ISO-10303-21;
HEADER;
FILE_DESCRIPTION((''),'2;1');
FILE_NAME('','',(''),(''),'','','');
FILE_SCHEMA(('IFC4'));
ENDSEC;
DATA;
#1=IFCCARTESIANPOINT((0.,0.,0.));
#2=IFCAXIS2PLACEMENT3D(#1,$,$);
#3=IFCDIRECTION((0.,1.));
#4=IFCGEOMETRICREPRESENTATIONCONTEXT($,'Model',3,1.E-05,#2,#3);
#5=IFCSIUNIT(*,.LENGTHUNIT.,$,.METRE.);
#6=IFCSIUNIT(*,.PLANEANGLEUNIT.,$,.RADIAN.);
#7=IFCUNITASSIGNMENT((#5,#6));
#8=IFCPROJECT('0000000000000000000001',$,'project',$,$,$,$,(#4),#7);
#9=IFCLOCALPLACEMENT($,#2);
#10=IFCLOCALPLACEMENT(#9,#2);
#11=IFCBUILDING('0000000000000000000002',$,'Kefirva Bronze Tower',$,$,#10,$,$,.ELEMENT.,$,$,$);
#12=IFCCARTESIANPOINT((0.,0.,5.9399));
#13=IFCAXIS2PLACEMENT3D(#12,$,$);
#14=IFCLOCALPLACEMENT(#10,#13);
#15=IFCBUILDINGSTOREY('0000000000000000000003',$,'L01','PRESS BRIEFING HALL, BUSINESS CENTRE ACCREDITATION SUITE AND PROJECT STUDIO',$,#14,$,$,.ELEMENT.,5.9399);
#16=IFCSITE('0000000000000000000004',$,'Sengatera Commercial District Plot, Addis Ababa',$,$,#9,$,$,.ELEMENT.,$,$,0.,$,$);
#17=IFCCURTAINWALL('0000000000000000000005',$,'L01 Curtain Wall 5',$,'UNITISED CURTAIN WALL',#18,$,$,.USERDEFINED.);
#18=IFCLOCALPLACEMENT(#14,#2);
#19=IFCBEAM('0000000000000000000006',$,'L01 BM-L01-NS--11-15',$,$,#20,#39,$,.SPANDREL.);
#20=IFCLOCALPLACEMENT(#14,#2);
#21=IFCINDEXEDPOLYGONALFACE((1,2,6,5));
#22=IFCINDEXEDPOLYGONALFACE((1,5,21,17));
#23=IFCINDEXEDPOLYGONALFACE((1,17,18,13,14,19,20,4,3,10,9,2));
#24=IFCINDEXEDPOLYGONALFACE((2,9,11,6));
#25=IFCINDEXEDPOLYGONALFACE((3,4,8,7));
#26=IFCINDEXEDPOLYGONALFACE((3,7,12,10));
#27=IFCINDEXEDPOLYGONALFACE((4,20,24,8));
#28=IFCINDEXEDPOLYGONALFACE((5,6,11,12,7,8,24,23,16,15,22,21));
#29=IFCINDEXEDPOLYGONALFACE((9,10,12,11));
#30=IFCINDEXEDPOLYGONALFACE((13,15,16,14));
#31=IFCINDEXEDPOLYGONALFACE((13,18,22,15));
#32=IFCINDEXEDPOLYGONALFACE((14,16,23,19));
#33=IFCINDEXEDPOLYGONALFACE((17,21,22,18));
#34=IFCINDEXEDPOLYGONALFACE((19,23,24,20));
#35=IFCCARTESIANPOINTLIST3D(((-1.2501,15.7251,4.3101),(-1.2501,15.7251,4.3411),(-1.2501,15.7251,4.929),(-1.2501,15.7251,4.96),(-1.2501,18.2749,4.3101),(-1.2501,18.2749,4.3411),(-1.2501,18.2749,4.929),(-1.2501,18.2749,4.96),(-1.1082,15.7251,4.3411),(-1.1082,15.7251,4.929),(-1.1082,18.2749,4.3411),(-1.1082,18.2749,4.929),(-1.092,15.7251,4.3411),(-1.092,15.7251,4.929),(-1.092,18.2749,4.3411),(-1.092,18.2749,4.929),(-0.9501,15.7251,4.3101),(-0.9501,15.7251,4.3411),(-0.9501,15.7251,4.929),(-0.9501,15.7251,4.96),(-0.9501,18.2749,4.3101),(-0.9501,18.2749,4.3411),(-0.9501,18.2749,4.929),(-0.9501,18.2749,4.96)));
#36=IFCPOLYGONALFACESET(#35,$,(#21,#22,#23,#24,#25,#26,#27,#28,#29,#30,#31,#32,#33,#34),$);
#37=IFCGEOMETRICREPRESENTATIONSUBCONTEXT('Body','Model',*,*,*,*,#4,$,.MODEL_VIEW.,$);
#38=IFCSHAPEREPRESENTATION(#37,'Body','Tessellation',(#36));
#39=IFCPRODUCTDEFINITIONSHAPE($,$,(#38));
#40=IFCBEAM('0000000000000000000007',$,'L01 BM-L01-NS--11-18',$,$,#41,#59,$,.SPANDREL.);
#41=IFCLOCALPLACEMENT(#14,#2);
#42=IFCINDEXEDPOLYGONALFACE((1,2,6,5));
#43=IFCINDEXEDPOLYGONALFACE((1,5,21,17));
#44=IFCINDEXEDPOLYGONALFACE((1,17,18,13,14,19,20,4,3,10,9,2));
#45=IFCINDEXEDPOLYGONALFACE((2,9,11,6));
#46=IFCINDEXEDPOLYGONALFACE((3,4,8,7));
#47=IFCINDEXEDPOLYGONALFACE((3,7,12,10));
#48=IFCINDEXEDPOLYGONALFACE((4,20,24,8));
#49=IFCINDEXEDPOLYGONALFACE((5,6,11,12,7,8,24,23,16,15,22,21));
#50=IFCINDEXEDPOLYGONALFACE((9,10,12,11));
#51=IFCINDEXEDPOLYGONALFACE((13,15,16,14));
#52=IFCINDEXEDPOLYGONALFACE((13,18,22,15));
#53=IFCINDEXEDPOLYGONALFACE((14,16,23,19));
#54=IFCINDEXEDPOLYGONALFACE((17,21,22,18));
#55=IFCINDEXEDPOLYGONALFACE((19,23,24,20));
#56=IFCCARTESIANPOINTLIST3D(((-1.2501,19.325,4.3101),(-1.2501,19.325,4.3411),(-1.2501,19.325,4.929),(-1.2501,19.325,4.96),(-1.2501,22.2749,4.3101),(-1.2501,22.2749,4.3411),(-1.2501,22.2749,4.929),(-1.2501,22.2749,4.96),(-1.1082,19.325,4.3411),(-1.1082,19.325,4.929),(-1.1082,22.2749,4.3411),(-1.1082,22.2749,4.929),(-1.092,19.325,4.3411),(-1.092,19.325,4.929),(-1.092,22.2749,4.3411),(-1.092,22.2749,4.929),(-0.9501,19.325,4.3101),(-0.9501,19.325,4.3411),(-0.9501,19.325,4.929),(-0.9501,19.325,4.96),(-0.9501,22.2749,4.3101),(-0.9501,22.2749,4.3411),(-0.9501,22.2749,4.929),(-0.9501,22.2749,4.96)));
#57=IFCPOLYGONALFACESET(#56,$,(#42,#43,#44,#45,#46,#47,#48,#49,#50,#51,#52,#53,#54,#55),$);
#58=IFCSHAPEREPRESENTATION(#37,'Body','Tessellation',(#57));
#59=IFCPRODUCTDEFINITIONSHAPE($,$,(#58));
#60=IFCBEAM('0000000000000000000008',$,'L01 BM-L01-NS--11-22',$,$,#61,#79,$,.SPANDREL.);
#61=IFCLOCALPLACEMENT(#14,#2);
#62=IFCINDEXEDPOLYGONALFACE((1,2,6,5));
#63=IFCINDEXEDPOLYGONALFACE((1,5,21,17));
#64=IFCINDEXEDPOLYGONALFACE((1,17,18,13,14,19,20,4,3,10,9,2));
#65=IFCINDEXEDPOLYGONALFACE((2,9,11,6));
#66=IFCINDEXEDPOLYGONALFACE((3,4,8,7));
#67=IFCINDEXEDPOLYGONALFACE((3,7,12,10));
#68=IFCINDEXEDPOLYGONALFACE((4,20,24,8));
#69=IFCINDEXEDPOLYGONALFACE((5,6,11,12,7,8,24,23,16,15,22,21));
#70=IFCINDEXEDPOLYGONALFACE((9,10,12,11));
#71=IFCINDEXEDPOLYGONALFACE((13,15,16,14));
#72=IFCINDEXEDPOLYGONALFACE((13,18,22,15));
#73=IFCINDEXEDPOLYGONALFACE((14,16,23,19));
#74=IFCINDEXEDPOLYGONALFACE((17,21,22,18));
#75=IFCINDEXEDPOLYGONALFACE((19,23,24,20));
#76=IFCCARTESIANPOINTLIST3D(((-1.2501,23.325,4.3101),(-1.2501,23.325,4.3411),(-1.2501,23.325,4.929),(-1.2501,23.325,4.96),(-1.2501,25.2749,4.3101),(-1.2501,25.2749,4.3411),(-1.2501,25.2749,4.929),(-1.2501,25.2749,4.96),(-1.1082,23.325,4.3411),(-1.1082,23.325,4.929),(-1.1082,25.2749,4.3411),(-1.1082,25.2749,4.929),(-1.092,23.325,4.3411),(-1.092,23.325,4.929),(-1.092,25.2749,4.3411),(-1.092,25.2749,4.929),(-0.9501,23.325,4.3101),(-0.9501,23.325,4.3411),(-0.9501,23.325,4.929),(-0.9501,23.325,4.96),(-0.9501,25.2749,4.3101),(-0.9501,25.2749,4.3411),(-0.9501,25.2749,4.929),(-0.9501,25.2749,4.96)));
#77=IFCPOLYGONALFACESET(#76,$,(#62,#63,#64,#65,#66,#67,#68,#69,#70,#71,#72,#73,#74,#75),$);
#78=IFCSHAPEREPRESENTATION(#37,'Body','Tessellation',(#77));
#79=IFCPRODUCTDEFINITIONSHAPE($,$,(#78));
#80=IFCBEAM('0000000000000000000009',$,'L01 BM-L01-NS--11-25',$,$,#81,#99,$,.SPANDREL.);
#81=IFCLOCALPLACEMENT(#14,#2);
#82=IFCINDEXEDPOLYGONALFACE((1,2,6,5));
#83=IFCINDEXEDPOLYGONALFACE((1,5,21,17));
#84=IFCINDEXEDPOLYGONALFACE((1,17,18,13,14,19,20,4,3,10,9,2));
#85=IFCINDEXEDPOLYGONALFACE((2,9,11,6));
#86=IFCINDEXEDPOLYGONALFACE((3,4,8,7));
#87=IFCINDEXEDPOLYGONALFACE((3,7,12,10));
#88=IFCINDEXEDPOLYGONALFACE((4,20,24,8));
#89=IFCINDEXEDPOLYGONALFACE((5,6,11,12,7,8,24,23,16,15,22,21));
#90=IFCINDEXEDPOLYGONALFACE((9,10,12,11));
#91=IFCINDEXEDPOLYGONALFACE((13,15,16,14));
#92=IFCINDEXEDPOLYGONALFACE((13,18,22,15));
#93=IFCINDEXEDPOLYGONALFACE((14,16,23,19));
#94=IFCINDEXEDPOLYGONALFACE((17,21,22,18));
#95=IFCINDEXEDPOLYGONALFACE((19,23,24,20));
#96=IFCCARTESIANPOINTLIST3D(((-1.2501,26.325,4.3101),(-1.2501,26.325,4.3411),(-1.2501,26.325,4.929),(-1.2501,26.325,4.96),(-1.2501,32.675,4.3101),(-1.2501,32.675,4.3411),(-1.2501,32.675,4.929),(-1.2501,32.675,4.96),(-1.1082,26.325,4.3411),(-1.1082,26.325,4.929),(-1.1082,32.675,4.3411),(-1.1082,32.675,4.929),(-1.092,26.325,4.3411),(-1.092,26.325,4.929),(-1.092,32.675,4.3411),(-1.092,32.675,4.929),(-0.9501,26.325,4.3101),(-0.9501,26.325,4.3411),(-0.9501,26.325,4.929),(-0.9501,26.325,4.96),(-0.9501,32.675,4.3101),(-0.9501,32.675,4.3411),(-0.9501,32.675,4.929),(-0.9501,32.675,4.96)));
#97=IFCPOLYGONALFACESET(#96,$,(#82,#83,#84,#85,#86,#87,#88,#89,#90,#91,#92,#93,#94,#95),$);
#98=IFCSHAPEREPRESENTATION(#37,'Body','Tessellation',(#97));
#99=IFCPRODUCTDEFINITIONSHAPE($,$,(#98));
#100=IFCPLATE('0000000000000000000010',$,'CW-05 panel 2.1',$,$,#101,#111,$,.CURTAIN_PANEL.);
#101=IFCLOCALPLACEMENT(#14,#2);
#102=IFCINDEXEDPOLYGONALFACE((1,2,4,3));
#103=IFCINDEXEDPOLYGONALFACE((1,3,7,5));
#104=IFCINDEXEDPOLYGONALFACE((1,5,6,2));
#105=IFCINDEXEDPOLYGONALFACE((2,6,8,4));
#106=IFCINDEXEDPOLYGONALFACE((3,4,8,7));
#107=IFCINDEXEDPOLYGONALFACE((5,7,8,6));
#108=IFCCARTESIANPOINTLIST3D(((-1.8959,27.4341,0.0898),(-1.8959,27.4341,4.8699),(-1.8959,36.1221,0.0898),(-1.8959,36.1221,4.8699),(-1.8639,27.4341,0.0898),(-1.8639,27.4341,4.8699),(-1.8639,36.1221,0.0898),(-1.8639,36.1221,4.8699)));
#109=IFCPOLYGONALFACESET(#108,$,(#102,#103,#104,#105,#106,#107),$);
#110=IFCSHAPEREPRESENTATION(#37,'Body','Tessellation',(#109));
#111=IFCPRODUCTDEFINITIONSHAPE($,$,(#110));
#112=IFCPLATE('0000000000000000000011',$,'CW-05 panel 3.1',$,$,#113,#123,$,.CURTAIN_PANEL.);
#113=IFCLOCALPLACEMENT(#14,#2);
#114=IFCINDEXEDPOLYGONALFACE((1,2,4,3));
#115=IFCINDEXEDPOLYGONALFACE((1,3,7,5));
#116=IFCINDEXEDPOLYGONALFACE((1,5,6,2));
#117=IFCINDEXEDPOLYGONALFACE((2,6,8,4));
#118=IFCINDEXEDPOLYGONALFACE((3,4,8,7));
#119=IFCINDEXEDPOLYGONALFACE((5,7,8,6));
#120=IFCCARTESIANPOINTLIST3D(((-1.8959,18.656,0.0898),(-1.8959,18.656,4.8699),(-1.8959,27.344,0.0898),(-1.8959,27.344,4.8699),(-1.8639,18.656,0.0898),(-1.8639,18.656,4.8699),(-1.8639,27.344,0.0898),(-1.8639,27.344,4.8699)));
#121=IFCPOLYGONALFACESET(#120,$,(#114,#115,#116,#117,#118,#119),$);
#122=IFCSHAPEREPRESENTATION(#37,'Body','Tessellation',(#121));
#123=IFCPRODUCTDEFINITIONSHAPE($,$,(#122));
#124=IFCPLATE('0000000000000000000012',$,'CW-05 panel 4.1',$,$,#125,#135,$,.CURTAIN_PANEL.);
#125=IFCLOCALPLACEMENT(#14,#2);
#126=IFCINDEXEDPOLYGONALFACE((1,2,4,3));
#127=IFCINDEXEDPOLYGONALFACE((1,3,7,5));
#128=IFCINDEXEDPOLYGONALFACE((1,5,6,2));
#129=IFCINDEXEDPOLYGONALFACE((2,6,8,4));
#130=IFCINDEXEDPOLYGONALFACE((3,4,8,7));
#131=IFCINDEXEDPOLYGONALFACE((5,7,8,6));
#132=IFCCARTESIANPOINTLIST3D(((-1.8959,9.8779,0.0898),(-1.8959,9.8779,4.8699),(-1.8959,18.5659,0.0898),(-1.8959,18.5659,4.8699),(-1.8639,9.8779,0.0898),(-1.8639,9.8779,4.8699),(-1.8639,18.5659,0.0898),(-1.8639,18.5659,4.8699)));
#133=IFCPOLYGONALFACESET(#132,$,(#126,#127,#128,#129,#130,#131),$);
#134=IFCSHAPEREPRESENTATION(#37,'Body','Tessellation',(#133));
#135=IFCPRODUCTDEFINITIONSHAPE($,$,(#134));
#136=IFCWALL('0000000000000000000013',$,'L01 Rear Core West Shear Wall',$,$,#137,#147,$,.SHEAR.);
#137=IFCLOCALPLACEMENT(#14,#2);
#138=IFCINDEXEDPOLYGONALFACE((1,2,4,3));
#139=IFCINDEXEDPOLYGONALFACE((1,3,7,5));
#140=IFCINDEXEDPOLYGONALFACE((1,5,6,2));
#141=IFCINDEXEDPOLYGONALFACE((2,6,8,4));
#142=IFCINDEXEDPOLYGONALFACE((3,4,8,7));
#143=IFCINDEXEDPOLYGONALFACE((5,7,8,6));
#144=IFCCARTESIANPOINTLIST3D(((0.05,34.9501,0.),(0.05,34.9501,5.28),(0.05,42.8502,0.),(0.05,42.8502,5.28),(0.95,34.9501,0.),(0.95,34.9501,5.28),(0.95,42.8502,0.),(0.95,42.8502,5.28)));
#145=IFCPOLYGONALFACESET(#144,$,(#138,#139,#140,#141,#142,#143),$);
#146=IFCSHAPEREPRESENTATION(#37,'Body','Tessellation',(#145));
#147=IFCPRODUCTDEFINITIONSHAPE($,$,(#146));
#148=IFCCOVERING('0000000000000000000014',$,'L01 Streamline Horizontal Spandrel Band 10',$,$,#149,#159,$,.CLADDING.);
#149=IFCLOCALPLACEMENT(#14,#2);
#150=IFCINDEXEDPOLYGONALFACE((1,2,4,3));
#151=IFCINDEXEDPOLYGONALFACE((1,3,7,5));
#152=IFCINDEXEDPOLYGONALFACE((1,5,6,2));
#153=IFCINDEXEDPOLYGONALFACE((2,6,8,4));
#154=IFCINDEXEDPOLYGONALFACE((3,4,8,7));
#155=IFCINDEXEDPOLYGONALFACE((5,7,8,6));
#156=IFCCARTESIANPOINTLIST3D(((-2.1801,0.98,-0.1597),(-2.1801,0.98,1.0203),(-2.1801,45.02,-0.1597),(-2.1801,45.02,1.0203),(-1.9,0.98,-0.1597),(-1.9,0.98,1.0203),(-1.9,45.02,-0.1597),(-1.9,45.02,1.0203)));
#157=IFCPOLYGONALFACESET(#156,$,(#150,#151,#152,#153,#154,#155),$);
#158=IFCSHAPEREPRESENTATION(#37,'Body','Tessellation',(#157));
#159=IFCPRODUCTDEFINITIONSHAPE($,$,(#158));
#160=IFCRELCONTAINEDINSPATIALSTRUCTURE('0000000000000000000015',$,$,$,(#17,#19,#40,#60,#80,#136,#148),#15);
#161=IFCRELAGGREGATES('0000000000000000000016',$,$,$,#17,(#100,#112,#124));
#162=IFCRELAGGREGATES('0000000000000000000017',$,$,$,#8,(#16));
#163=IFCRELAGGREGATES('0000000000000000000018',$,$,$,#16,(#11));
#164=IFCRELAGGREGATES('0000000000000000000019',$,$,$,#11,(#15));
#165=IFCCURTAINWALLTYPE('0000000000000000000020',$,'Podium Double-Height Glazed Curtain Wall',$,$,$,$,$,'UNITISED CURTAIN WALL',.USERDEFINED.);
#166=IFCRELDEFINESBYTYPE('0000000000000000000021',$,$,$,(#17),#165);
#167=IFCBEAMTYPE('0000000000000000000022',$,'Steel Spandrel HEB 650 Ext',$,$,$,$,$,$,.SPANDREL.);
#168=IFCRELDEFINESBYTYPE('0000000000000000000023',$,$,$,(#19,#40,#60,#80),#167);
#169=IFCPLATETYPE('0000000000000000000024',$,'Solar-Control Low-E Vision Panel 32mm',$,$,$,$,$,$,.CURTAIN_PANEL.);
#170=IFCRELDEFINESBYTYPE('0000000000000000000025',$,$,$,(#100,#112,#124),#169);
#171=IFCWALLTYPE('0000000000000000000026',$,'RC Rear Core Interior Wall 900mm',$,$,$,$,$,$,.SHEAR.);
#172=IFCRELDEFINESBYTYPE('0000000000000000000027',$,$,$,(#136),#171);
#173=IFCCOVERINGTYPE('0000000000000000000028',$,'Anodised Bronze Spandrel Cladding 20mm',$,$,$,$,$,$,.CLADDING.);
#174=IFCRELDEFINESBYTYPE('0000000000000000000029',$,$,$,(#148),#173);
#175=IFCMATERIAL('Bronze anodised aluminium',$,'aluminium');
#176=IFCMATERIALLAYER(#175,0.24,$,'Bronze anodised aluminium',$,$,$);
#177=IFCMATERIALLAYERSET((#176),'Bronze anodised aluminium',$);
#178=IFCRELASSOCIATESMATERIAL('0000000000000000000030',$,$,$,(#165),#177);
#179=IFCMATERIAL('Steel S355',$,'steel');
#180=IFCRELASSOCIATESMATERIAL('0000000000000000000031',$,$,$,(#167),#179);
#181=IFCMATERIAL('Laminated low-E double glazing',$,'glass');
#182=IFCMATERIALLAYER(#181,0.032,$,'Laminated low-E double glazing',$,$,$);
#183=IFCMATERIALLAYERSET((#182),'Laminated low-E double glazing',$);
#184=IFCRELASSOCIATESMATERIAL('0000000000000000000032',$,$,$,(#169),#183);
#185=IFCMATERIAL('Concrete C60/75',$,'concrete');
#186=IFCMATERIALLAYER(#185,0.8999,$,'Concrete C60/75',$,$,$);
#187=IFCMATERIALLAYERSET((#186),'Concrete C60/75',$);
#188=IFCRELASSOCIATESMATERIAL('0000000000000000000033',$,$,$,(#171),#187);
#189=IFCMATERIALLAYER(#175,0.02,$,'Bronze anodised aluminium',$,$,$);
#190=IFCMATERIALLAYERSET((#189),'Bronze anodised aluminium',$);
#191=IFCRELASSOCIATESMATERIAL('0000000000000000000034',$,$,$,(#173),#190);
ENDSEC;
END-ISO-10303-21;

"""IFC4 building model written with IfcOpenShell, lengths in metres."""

from ifc_helpers import new_model, si_unit, direction, frame, frame_2d, origin, origin_2d, place, context, subcontext, project, spatial, rectangle, i_section, extrude, material, layer, layer_set, material_profile, profile_set, type_object, element, aggregate, save


model = new_model("IFC4")

# Units and contexts
model_context = context("Model", 3, precision=1e-05, world=origin(), true_north=direction((0.0, 1.0)))
body_context = subcontext(model_context, "Body", "Model", "MODEL_VIEW")
ifc_project = project(units=[si_unit("LENGTHUNIT", "METRE"), si_unit("PLANEANGLEUNIT", "RADIAN")], contexts=[model_context])

# Site, building, storey
site_placement = place(None, origin())
site = spatial("IfcSite", under=ifc_project, at=site_placement, Name="Sengatera Commercial District Plot, Addis Ababa", CompositionType="ELEMENT", RefElevation=0.0)
building_placement = place(site_placement, origin())
building = spatial("IfcBuilding", under=site, at=building_placement, Name="Kefirva Bronze Tower", CompositionType="ELEMENT")
storey_placement = place(building_placement, frame((0.0, 0.0, 5.9399)))
storey = spatial("IfcBuildingStorey", under=building, at=storey_placement, Name="L01", Description="PRESS BRIEFING HALL, BUSINESS CENTRE ACCREDITATION SUITE AND PROJECT STUDIO", CompositionType="ELEMENT", Elevation=5.9399)

# Shared definitions
ifc_material_1 = material(Name="Concrete C60/75", Category="concrete")

# Curtain wall
ifc_material_2 = material(Name="Bronze anodised aluminium", Category="aluminium")
ifc_layer_1 = layer(ifc_material_2, 0.24, Name="Bronze anodised aluminium")
ifc_layer_set_1 = layer_set([ifc_layer_1], Name="Bronze anodised aluminium")
curtain_wall_type = type_object("IfcCurtainWallType", Name="Podium Double-Height Glazed Curtain Wall", ElementType="UNITISED CURTAIN WALL", PredefinedType="USERDEFINED", material=ifc_layer_set_1)
curtain_wall_placement = place(storey_placement, origin())
curtain_wall = element("IfcCurtainWall", 1, at=curtain_wall_placement, inside=storey, type_object=curtain_wall_type, Name="L01 Curtain Wall 5", ObjectType="UNITISED CURTAIN WALL", PredefinedType="USERDEFINED")

# Beams
ifc_material_3 = material(Name="Steel S355", Category="steel")
ifc_material_profile_1 = material_profile(ifc_material_3, i_section(OverallWidth=0.3, OverallDepth=0.6499, WebThickness=0.0161, FlangeThickness=0.031, at=origin_2d()), Name="HEB 650")
ifc_profile_set_1 = profile_set([ifc_material_profile_1], Name="Steel S355")
beam_type_1 = type_object("IfcBeamType", Name="Steel Spandrel HEB 650 Ext", PredefinedType="SPANDREL", material=ifc_profile_set_1)
beam_1_placement = place(storey_placement, frame((-1.1001, 15.7251, 4.635), z_axis=(0.0, 1.0, 0.0), x_axis=(-1.0, 0.0, 0.0)))
element("IfcBeam", 2, at=beam_1_placement, inside=storey, type_object=beam_type_1, Name="L01 BM-L01-NS--11-15", PredefinedType="SPANDREL", context=body_context, shape_type="SweptSolid", body=[
    extrude(i_section(OverallWidth=0.3, OverallDepth=0.6499, WebThickness=0.0161, FlangeThickness=0.031, at=origin_2d()), origin(), (0.0, 0.0, 1.0), 2.5498),
])
beam_2_placement = place(storey_placement, frame((-1.1001, 19.325, 4.635), z_axis=(0.0, 1.0, 0.0), x_axis=(-1.0, 0.0, 0.0)))
element("IfcBeam", 3, at=beam_2_placement, inside=storey, type_object=beam_type_1, Name="L01 BM-L01-NS--11-18", PredefinedType="SPANDREL", context=body_context, shape_type="SweptSolid", body=[
    extrude(i_section(OverallWidth=0.3, OverallDepth=0.6499, WebThickness=0.0161, FlangeThickness=0.031, at=origin_2d()), origin(), (0.0, 0.0, 1.0), 2.95),
])
beam_3_placement = place(storey_placement, frame((-1.1001, 23.325, 4.635), z_axis=(0.0, 1.0, 0.0), x_axis=(-1.0, 0.0, 0.0)))
element("IfcBeam", 4, at=beam_3_placement, inside=storey, type_object=beam_type_1, Name="L01 BM-L01-NS--11-22", PredefinedType="SPANDREL", context=body_context, shape_type="SweptSolid", body=[
    extrude(i_section(OverallWidth=0.3, OverallDepth=0.6499, WebThickness=0.0161, FlangeThickness=0.031, at=origin_2d()), origin(), (0.0, 0.0, 1.0), 1.95),
])
beam_4_placement = place(storey_placement, frame((-1.1001, 26.325, 4.635), z_axis=(0.0, 1.0, 0.0), x_axis=(-1.0, 0.0, 0.0)))
element("IfcBeam", 5, at=beam_4_placement, inside=storey, type_object=beam_type_1, Name="L01 BM-L01-NS--11-25", PredefinedType="SPANDREL", context=body_context, shape_type="SweptSolid", body=[
    extrude(i_section(OverallWidth=0.3, OverallDepth=0.6499, WebThickness=0.0161, FlangeThickness=0.031, at=origin_2d()), origin(), (0.0, 0.0, 1.0), 6.3501),
])

# Plates
ifc_material_4 = material(Name="Laminated low-E double glazing", Category="glass")
ifc_layer_2 = layer(ifc_material_4, 0.032, Name="Laminated low-E double glazing")
ifc_layer_set_2 = layer_set([ifc_layer_2], Name="Laminated low-E double glazing")
plate_type = type_object("IfcPlateType", Name="Solar-Control Low-E Vision Panel 32mm", PredefinedType="CURTAIN_PANEL", material=ifc_layer_set_2)
plate_1_placement = place(storey_placement, frame((-1.8799, 31.7781, 0.0898), z_axis=(0.0, 0.0, 1.0), x_axis=(0.0, -1.0, 0.0)))
plate_1 = element("IfcPlate", 6, at=plate_1_placement, type_object=plate_type, Name="CW-05 panel 2.1", PredefinedType="CURTAIN_PANEL", context=body_context, shape_type="SweptSolid", body=[
    extrude(rectangle(XDim=8.688, YDim=0.032, at=origin_2d()), origin(), (0.0, 0.0, 1.0), 4.78),
])
plate_2_placement = place(storey_placement, frame((-1.8799, 23.0, 0.0898), z_axis=(0.0, 0.0, 1.0), x_axis=(0.0, -1.0, 0.0)))
plate_2 = element("IfcPlate", 7, at=plate_2_placement, type_object=plate_type, Name="CW-05 panel 3.1", PredefinedType="CURTAIN_PANEL", context=body_context, shape_type="SweptSolid", body=[
    extrude(rectangle(XDim=8.688, YDim=0.032, at=origin_2d()), origin(), (0.0, 0.0, 1.0), 4.78),
])
plate_3_placement = place(storey_placement, frame((-1.8799, 14.2219, 0.0898), z_axis=(0.0, 0.0, 1.0), x_axis=(0.0, -1.0, 0.0)))
plate_3 = element("IfcPlate", 8, at=plate_3_placement, type_object=plate_type, Name="CW-05 panel 4.1", PredefinedType="CURTAIN_PANEL", context=body_context, shape_type="SweptSolid", body=[
    extrude(rectangle(XDim=8.688, YDim=0.032, at=origin_2d()), origin(), (0.0, 0.0, 1.0), 4.78),
])
aggregate(curtain_wall, [plate_1, plate_2, plate_3])

# Wall
ifc_layer_3 = layer(ifc_material_1, 0.8999, Name="Concrete C60/75")
ifc_layer_set_3 = layer_set([ifc_layer_3], Name="Concrete C60/75")
wall_type = type_object("IfcWallType", Name="RC Rear Core Interior Wall 900mm", PredefinedType="SHEAR", material=ifc_layer_set_3)
wall_placement = place(storey_placement, frame((0.5, 34.95, 0.0), z_axis=(0.0, 0.0, 1.0), x_axis=(0.0, 1.0, 0.0)))
element("IfcWall", 9, at=wall_placement, inside=storey, type_object=wall_type, Name="L01 Rear Core West Shear Wall", PredefinedType="SHEAR", context=body_context, shape_type="SweptSolid", body=[
    extrude(rectangle(XDim=7.9001, YDim=0.8999, at=frame_2d((3.9502, 0.0))), origin(), (0.0, 0.0, 1.0), 5.28),
])

# Covering
ifc_layer_4 = layer(ifc_material_2, 0.02, Name="Bronze anodised aluminium")
ifc_layer_set_4 = layer_set([ifc_layer_4], Name="Bronze anodised aluminium")
covering_type_1 = type_object("IfcCoveringType", Name="Anodised Bronze Spandrel Cladding 20mm", PredefinedType="CLADDING", material=ifc_layer_set_4)
covering_1_placement = place(storey_placement, frame((-2.04, 23.0, -0.1597), z_axis=(0.0, 0.0, 1.0), x_axis=(0.0, -1.0, 0.0)))
element("IfcCovering", 10, at=covering_1_placement, inside=storey, type_object=covering_type_1, Name="L01 Streamline Horizontal Spandrel Band 10", PredefinedType="CLADDING", context=body_context, shape_type="SweptSolid", body=[
    extrude(rectangle(XDim=44.04, YDim=0.28, at=origin_2d()), origin(), (0.0, 0.0, 1.0), 1.1799),
])

save(model, "model.ifc")
